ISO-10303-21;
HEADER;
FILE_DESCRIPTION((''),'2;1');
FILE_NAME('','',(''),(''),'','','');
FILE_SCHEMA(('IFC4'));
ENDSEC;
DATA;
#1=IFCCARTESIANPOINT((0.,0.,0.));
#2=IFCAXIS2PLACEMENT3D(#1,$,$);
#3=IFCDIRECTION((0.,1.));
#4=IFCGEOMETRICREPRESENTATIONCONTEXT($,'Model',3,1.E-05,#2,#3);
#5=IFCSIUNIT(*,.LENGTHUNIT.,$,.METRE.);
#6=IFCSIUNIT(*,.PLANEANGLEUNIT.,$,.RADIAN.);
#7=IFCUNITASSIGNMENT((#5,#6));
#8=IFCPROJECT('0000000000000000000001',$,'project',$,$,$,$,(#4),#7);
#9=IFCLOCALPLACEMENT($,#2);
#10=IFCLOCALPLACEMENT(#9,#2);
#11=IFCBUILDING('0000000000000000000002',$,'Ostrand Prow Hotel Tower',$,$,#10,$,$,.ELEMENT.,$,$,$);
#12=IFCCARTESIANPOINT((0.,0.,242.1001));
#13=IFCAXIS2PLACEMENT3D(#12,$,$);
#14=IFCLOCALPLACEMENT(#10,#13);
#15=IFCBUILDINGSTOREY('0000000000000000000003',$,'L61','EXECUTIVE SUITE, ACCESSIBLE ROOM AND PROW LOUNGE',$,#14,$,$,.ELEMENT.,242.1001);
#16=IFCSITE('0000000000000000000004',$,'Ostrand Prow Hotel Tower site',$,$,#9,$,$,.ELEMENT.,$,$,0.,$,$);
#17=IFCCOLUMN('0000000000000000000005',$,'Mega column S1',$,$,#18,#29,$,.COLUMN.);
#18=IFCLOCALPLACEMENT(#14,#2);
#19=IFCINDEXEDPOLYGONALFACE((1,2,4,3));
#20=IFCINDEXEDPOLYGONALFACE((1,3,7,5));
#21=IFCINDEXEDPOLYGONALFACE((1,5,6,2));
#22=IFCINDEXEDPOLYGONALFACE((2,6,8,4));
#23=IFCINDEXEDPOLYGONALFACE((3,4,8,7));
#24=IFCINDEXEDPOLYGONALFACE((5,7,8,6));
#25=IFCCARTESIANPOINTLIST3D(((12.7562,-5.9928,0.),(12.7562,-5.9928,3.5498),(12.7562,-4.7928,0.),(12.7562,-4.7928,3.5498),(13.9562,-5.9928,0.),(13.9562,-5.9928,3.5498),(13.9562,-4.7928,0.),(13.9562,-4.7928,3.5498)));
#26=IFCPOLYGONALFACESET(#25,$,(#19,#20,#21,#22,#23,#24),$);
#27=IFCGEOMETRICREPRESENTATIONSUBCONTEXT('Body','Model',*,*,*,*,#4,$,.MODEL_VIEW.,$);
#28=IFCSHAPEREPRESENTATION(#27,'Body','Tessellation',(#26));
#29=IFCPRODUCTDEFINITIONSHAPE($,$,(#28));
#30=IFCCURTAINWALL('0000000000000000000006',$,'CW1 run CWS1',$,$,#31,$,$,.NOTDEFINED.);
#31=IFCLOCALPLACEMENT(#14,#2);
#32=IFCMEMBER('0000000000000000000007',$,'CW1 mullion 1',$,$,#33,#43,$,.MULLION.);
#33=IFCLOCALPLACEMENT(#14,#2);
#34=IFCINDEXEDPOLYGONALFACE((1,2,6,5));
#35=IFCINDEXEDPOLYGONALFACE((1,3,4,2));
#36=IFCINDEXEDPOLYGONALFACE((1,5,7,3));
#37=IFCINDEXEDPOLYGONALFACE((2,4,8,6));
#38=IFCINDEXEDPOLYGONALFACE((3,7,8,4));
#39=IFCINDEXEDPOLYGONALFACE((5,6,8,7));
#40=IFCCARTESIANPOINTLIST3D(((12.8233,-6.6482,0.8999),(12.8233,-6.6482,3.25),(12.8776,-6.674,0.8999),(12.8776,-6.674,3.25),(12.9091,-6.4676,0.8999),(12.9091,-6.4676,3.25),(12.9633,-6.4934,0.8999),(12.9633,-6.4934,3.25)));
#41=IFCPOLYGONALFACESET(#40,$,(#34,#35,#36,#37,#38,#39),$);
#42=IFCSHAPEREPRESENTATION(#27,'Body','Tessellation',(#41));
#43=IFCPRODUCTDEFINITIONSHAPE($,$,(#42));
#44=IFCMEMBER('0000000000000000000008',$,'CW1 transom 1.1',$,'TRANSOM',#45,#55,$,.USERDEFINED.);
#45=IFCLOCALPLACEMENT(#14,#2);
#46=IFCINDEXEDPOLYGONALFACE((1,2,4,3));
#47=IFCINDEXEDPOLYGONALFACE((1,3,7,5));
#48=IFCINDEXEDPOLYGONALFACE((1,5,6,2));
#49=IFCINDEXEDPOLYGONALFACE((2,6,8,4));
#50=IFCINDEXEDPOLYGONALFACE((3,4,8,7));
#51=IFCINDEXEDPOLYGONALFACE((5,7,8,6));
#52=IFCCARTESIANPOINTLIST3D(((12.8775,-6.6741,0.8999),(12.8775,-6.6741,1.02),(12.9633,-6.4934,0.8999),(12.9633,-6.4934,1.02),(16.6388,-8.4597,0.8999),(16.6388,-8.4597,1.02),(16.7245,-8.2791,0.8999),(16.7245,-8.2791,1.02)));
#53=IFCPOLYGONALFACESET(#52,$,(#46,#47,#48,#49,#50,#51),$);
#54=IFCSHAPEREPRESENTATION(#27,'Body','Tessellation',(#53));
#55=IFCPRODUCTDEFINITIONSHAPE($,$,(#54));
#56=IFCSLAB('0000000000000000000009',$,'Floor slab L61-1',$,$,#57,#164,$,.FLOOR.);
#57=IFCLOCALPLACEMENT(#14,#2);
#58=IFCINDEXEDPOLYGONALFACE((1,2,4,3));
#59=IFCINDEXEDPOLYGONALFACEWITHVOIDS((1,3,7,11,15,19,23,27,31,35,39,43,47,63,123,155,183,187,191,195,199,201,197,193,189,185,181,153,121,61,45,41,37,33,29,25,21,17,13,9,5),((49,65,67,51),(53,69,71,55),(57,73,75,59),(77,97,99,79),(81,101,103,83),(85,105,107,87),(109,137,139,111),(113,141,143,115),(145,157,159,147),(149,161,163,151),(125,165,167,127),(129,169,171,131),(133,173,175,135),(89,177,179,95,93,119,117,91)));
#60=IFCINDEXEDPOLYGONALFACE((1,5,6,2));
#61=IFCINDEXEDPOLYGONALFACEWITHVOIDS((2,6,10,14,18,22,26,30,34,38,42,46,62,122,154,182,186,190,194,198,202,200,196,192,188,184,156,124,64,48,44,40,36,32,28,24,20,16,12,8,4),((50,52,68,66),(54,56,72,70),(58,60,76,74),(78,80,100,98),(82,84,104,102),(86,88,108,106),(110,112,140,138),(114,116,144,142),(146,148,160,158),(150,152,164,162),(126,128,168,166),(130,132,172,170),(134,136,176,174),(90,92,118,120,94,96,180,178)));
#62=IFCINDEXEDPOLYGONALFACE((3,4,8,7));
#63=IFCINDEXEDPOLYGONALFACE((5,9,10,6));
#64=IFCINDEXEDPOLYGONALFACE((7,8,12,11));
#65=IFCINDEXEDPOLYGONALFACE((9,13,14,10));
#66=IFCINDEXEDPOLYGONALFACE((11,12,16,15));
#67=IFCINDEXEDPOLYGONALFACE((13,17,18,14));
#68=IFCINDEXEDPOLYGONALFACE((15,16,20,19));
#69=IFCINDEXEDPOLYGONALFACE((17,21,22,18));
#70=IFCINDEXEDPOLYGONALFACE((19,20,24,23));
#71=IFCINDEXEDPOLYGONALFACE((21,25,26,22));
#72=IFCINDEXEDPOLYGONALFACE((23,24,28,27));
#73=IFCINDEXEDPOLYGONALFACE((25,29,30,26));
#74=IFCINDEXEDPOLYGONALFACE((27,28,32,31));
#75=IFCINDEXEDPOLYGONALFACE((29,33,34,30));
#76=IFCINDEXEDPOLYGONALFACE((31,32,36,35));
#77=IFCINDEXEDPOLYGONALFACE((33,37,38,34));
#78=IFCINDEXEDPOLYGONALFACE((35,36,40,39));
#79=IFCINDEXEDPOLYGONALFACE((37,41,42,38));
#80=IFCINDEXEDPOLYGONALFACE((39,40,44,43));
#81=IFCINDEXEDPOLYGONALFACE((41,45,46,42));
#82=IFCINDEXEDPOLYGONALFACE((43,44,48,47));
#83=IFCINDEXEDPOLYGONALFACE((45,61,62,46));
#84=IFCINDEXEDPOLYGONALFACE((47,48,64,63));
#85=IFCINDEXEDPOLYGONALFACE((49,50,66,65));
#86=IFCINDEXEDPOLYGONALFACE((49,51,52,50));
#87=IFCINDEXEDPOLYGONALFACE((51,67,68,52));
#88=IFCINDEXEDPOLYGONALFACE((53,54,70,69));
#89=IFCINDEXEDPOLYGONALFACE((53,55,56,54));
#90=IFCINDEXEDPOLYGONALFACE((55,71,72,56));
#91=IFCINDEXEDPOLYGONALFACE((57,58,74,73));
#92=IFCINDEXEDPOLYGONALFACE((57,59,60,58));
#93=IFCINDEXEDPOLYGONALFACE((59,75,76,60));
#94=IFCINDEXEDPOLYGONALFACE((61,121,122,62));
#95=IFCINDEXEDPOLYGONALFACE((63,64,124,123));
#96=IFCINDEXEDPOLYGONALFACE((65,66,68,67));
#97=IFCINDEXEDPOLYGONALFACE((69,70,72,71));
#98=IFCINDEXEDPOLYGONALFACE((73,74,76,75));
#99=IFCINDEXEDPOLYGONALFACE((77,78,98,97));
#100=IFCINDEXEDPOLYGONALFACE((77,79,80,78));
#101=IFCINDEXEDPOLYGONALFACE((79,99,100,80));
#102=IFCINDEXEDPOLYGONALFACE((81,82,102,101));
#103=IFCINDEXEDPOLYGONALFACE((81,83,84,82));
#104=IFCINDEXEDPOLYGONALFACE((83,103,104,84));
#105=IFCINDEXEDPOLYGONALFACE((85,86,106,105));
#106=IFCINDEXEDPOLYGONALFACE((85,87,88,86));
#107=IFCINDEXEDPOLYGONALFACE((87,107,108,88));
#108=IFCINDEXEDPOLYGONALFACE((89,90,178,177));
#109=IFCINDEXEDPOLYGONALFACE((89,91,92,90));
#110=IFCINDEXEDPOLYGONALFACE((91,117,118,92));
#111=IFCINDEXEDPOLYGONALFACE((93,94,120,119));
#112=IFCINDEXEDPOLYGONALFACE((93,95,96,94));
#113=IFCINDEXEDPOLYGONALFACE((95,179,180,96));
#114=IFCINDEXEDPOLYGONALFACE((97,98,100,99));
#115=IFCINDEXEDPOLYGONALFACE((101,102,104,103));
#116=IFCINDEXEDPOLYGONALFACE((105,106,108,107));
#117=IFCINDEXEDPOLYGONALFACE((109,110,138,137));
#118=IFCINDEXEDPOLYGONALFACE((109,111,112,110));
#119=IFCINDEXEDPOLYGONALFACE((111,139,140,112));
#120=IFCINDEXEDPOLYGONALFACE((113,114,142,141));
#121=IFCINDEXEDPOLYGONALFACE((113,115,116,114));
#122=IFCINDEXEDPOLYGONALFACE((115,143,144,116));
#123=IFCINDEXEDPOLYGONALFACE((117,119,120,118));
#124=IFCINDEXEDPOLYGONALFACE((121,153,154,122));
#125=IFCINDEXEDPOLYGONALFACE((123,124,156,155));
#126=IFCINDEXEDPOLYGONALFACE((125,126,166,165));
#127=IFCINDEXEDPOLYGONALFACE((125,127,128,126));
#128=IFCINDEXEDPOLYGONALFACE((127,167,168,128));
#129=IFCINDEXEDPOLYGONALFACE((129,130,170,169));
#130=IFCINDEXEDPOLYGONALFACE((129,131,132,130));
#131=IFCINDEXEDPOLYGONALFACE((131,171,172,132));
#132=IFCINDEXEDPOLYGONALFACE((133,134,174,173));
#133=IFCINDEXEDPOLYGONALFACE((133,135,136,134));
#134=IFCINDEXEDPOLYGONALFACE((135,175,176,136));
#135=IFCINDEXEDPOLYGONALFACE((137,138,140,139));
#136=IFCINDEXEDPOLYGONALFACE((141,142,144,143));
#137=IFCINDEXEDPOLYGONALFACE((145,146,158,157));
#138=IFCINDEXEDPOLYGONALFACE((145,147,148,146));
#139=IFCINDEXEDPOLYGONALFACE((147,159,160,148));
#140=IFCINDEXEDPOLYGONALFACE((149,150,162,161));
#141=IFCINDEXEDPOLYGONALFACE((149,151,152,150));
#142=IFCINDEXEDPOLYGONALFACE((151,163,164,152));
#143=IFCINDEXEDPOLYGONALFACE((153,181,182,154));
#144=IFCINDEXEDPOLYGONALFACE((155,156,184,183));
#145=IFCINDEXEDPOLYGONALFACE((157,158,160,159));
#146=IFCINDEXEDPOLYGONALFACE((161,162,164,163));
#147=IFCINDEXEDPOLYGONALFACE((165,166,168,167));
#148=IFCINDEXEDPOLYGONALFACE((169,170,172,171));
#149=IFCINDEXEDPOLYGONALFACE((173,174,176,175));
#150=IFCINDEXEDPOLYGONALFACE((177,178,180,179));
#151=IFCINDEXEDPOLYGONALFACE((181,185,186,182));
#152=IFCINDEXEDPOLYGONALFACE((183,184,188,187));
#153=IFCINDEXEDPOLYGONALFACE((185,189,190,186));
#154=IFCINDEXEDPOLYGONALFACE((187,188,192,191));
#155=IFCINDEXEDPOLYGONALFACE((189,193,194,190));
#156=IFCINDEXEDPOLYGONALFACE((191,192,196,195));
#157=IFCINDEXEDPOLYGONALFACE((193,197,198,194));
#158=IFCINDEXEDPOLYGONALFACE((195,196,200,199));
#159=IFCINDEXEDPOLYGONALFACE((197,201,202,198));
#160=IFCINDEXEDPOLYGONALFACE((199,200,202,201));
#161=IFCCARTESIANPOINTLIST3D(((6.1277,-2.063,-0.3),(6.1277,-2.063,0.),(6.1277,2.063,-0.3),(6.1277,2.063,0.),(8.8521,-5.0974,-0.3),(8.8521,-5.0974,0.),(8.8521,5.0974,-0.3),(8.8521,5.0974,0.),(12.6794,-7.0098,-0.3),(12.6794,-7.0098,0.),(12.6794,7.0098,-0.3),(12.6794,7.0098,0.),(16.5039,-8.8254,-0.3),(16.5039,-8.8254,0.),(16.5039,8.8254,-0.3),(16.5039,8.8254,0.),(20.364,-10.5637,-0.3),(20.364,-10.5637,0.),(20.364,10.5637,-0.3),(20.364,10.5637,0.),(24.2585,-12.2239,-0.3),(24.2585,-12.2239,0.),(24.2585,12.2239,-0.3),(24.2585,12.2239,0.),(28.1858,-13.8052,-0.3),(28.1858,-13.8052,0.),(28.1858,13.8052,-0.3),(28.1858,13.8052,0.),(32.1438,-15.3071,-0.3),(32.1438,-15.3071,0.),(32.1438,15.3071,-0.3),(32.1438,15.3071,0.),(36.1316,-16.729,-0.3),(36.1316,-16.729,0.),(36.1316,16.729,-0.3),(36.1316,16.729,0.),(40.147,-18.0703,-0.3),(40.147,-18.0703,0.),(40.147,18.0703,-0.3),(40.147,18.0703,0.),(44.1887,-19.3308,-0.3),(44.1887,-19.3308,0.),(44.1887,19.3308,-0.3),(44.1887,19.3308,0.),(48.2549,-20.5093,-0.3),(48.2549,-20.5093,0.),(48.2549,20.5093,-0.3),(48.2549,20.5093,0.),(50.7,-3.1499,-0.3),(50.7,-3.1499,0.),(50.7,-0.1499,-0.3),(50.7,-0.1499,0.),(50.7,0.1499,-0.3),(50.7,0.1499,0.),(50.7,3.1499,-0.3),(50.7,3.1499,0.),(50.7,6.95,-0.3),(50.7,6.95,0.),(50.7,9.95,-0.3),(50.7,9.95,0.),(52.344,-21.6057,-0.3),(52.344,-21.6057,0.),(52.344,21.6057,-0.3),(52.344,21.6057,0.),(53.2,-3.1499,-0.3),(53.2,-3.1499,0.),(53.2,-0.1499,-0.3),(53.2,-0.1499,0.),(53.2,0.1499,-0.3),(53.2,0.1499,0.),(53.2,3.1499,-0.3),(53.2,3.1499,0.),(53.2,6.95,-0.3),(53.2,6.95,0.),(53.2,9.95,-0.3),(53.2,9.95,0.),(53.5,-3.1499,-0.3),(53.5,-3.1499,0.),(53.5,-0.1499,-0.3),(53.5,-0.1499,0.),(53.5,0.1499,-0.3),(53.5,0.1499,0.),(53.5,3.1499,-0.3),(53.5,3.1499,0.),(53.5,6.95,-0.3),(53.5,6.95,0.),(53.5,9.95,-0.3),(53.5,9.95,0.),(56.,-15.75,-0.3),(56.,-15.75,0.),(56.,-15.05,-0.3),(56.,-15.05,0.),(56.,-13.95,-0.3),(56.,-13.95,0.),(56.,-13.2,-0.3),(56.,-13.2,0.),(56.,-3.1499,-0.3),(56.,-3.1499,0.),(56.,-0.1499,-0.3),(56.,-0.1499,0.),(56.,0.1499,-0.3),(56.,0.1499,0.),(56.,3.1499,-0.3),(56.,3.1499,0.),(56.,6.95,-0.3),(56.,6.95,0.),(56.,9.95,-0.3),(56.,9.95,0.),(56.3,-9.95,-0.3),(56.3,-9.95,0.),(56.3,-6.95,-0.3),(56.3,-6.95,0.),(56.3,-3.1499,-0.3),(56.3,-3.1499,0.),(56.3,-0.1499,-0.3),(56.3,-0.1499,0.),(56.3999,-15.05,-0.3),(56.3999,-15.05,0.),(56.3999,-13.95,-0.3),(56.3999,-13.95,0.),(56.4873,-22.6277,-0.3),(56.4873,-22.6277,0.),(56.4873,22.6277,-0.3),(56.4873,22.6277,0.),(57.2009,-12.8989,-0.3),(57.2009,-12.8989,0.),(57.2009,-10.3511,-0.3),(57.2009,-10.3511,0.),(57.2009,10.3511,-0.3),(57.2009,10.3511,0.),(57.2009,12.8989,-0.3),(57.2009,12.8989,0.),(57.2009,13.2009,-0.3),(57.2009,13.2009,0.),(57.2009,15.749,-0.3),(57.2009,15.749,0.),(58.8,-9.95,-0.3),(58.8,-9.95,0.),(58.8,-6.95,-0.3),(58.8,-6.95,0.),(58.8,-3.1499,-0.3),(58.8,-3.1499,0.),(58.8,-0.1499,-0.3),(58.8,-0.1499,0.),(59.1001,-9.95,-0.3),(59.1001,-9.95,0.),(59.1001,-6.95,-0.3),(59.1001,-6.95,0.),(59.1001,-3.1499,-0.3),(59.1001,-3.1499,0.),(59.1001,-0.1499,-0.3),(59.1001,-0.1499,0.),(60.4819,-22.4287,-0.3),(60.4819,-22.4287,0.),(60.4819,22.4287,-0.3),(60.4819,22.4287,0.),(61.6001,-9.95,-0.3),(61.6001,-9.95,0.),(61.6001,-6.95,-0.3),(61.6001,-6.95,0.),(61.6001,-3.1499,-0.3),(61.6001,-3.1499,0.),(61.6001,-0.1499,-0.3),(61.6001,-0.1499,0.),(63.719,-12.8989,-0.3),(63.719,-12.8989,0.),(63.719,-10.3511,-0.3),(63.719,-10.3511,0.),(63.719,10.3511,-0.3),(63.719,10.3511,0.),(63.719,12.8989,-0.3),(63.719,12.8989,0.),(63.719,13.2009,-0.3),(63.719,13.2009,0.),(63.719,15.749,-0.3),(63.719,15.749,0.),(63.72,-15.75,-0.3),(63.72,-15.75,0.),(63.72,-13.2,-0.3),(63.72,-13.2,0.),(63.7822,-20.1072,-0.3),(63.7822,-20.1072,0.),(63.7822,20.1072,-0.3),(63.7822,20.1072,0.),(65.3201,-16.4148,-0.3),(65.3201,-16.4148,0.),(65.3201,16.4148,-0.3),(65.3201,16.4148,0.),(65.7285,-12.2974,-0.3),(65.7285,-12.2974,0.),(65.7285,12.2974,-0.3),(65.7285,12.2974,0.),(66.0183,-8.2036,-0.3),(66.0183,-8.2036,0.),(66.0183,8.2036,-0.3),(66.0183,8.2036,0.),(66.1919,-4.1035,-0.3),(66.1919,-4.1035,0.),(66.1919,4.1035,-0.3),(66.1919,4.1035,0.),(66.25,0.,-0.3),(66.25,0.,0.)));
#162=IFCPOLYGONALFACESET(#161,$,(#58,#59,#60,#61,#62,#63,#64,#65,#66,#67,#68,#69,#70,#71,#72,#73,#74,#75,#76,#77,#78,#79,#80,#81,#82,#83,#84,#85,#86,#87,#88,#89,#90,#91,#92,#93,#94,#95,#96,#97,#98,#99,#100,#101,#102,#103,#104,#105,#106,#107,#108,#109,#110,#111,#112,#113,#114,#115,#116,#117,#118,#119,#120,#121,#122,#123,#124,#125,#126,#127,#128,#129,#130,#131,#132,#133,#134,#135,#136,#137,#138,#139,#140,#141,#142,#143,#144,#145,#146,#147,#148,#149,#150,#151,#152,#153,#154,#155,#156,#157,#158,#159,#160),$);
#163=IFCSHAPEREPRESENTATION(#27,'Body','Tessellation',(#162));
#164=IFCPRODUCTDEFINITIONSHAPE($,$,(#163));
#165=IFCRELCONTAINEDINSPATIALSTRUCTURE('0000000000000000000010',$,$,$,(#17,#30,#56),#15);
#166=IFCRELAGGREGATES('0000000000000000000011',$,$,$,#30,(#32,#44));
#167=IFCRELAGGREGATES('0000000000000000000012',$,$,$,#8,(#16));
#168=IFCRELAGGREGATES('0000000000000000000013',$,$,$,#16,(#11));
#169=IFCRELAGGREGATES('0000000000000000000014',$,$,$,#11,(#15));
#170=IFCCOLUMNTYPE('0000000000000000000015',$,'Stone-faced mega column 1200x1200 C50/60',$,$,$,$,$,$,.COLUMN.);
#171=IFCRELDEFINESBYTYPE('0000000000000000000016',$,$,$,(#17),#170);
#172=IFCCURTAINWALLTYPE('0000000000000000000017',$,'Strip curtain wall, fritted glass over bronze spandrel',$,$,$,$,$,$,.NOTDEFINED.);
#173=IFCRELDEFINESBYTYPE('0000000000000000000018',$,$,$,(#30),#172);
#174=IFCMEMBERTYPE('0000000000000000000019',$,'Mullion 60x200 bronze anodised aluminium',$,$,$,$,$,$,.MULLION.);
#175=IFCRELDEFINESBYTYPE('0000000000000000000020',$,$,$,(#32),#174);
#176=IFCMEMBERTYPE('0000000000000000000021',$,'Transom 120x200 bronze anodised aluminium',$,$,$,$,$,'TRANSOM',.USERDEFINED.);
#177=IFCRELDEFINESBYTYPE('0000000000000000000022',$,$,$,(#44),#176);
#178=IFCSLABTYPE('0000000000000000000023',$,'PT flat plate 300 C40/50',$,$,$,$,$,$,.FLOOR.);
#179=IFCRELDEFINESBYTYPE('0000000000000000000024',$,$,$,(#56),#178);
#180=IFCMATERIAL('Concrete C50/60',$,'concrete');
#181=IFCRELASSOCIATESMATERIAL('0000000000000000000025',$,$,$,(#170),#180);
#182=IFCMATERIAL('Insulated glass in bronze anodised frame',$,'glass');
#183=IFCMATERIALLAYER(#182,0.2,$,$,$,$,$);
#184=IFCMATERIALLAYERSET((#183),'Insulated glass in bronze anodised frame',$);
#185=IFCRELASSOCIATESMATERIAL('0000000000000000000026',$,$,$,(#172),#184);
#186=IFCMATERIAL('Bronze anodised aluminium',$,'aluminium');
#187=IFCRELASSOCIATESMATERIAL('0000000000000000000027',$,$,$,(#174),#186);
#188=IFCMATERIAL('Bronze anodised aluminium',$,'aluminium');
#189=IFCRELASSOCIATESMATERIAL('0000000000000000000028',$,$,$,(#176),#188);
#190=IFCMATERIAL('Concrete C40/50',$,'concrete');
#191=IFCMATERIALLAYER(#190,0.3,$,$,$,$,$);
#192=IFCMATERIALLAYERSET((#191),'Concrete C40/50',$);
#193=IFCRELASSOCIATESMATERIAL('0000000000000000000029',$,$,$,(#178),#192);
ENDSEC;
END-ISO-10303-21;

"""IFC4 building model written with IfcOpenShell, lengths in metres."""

from ifc_helpers import new_model, si_unit, direction, frame, origin, origin_2d, place, context, subcontext, project, spatial, polyline, rectangle, outline, extrude, material, layer, layer_set, material_profile, profile_set, type_object, element, aggregate, save


model = new_model("IFC4")

# Units and contexts
model_context = context("Model", 3, precision=1e-05, world=origin(), true_north=direction((0.0, 1.0)))
body_context = subcontext(model_context, "Body", "Model", "MODEL_VIEW")
ifc_project = project(units=[si_unit("LENGTHUNIT", "METRE"), si_unit("PLANEANGLEUNIT", "RADIAN")], contexts=[model_context])

# Site, building, storey
site_placement = place(None, origin())
site = spatial("IfcSite", under=ifc_project, at=site_placement, Name="Ostrand Prow Hotel Tower site", CompositionType="ELEMENT", RefElevation=0.0)
building_placement = place(site_placement, origin())
building = spatial("IfcBuilding", under=site, at=building_placement, Name="Ostrand Prow Hotel Tower", CompositionType="ELEMENT")
storey_placement = place(building_placement, frame((0.0, 0.0, 242.1001)))
storey = spatial("IfcBuildingStorey", under=building, at=storey_placement, Name="L61", Description="EXECUTIVE SUITE, ACCESSIBLE ROOM AND PROW LOUNGE", CompositionType="ELEMENT", Elevation=242.1001)

# Column
ifc_material_1 = material(Name="Concrete C50/60", Category="concrete")
ifc_material_profile_1 = material_profile(ifc_material_1, rectangle(XDim=1.2, YDim=1.2, at=origin_2d()), Name="RC 1200x1200")
ifc_profile_set_1 = profile_set([ifc_material_profile_1], Name="Concrete C50/60")
column_type = type_object("IfcColumnType", Name="Stone-faced mega column 1200x1200 C50/60", PredefinedType="COLUMN", material=ifc_profile_set_1)
column_placement = place(storey_placement, frame((13.3562, -5.3928, 0.0), z_axis=(0.0, 0.0, 1.0), x_axis=(1.0, 0.0, 0.0)))
element("IfcColumn", 1, at=column_placement, inside=storey, type_object=column_type, Name="Mega column S1", PredefinedType="COLUMN", context=body_context, shape_type="SweptSolid", body=[
    extrude(rectangle(XDim=1.2, YDim=1.2, at=origin_2d()), origin(), (0.0, 0.0, 1.0), 3.5498),
])

# Curtain wall, members
ifc_material_2 = material(Name="Insulated glass in bronze anodised frame", Category="glass")
ifc_layer_1 = layer(ifc_material_2, 0.2)
ifc_layer_set_1 = layer_set([ifc_layer_1], Name="Insulated glass in bronze anodised frame")
curtain_wall_type = type_object("IfcCurtainWallType", Name="Strip curtain wall, fritted glass over bronze spandrel", PredefinedType="NOTDEFINED", material=ifc_layer_set_1)
curtain_wall_placement = place(storey_placement, origin())
curtain_wall = element("IfcCurtainWall", 2, at=curtain_wall_placement, inside=storey, type_object=curtain_wall_type, Name="CW1 run CWS1", PredefinedType="NOTDEFINED")
ifc_material_3 = material(Name="Bronze anodised aluminium", Category="aluminium")
ifc_material_profile_2 = material_profile(ifc_material_3, rectangle(XDim=0.2, YDim=0.0601, at=origin_2d()), Name="Mullion 60x200 bronze anodised aluminium")
ifc_profile_set_2 = profile_set([ifc_material_profile_2], Name="Bronze anodised aluminium")
member_type_1 = type_object("IfcMemberType", Name="Mullion 60x200 bronze anodised aluminium", PredefinedType="MULLION", material=ifc_profile_set_2)
member_1_placement = place(storey_placement, frame((12.8933, -6.5708, 0.8999), z_axis=(0.0, 0.0, 1.0), x_axis=(0.428861, 0.90337, 0.0)))
member_1 = element("IfcMember", 3, at=member_1_placement, type_object=member_type_1, Name="CW1 mullion 1", PredefinedType="MULLION", context=body_context, shape_type="SweptSolid", body=[
    extrude(rectangle(XDim=0.2, YDim=0.0601, at=origin_2d()), origin(), (0.0, 0.0, 1.0), 2.3501),
])
ifc_material_4 = material(Name="Bronze anodised aluminium", Category="aluminium")
ifc_material_profile_3 = material_profile(ifc_material_4, rectangle(XDim=0.2, YDim=0.1201, at=origin_2d()), Name="Transom 120x200 bronze anodised aluminium")
ifc_profile_set_3 = profile_set([ifc_material_profile_3], Name="Bronze anodised aluminium")
member_type_2 = type_object("IfcMemberType", Name="Transom 120x200 bronze anodised aluminium", ElementType="TRANSOM", PredefinedType="USERDEFINED", material=ifc_profile_set_3)
member_2_placement = place(storey_placement, frame((12.9204, -6.5837, 0.96), z_axis=(0.903365, -0.428873, 0.0), x_axis=(0.428873, 0.903365, 0.0)))
member_2 = element("IfcMember", 4, at=member_2_placement, type_object=member_type_2, Name="CW1 transom 1.1", ObjectType="TRANSOM", PredefinedType="USERDEFINED", context=body_context, shape_type="SweptSolid", body=[
    extrude(rectangle(XDim=0.2, YDim=0.1201, at=origin_2d()), origin(), (0.0, 0.0, 1.0), 4.1636),
])
aggregate(curtain_wall, [member_1, member_2])

# Slab, opening
ifc_material_5 = material(Name="Concrete C40/50", Category="concrete")
ifc_layer_2 = layer(ifc_material_5, 0.3)
ifc_layer_set_2 = layer_set([ifc_layer_2], Name="Concrete C40/50")
slab_type = type_object("IfcSlabType", Name="PT flat plate 300 C40/50", PredefinedType="FLOOR", material=ifc_layer_set_2)
slab_placement = place(storey_placement, frame((0.0, 0.0, -0.3)))
slab = element("IfcSlab", 5, at=slab_placement, inside=storey, type_object=slab_type, Name="Floor slab L61-1", PredefinedType="FLOOR", context=body_context, shape_type="SweptSolid", body=[
    extrude(outline(polyline([(8.8521, 5.0974), (12.6794, 7.0098), (16.5039, 8.8254), (20.364, 10.5637), (24.2585, 12.2239), (28.1858, 13.8052), (32.1438, 15.3071), (36.1316, 16.729), (40.147, 18.0703), (44.1887, 19.3308), (48.2549, 20.5093), (52.344, 21.6057), (56.4873, 22.6277), (60.4819, 22.4287), (63.7822, 20.1072), (65.3201, 16.4148), (65.7285, 12.2974), (66.0183, 8.2036), (66.1919, 4.1035), (66.25, 0.0), (66.1919, -4.1035), (66.0183, -8.2036), (65.7285, -12.2974), (65.3201, -16.4148), (63.7822, -20.1072), (60.4819, -22.4287), (56.4873, -22.6277), (52.344, -21.6057), (48.2549, -20.5093), (44.1887, -19.3308), (40.147, -18.0703), (36.1316, -16.729), (32.1438, -15.3071), (28.1858, -13.8052), (24.2585, -12.2239), (20.364, -10.5637), (16.5039, -8.8254), (12.6794, -7.0098), (8.8521, -5.0974), (6.1277, -2.063), (6.1277, 2.063), (8.8521, 5.0974)]), holes=[polyline([(50.7, 6.95), (53.2, 6.95), (53.2, 9.95), (50.7, 9.95), (50.7, 6.95)]), polyline([(53.5, 6.95), (56.0, 6.95), (56.0, 9.95), (53.5, 9.95), (53.5, 6.95)]), polyline([(50.7, 0.1499), (53.2, 0.1499), (53.2, 3.1499), (50.7, 3.1499), (50.7, 0.1499)]), polyline([(53.5, 0.1499), (56.0, 0.1499), (56.0, 3.1499), (53.5, 3.1499), (53.5, 0.1499)]), polyline([(50.7, -3.1499), (53.2, -3.1499), (53.2, -0.1499), (50.7, -0.1499), (50.7, -3.1499)]), polyline([(53.5, -3.1499), (56.0, -3.1499), (56.0, -0.1499), (53.5, -0.1499), (53.5, -3.1499)]), polyline([(56.3, -3.1499), (58.8, -3.1499), (58.8, -0.1499), (56.3, -0.1499), (56.3, -3.1499)]), polyline([(59.1001, -3.1499), (61.6001, -3.1499), (61.6001, -0.1499), (59.1001, -0.1499), (59.1001, -3.1499)]), polyline([(56.3, -9.95), (58.8, -9.95), (58.8, -6.95), (56.3, -6.95), (56.3, -9.95)]), polyline([(59.1001, -9.95), (61.6001, -9.95), (61.6001, -6.95), (59.1001, -6.95), (59.1001, -9.95)]), polyline([(57.2009, 10.3511), (57.2009, 12.8989), (63.719, 12.8989), (63.719, 10.3511), (57.2009, 10.3511)]), polyline([(57.2009, 13.2009), (57.2009, 15.749), (63.719, 15.749), (63.719, 13.2009), (57.2009, 13.2009)]), polyline([(57.2009, -12.8989), (57.2009, -10.3511), (63.719, -10.3511), (63.719, -12.8989), (57.2009, -12.8989)]), polyline([(56.0, -13.95), (56.0, -13.2), (63.72, -13.2), (63.72, -15.75), (56.0, -15.75), (56.0, -15.05), (56.3999, -15.05), (56.3999, -13.95), (56.0, -13.95)])]), origin(), (0.0, 0.0, 1.0), 0.3),
])
opening_1_placement = place(slab_placement, origin())
element("IfcOpeningElement", 6, at=opening_1_placement, cuts=slab, PredefinedType="OPENING", context=body_context, shape_type="SweptSolid", body=[
    extrude(outline(polyline([(56.0, -13.95), (56.0, -13.2), (63.72, -13.2), (63.72, -15.75), (56.0, -15.75), (56.0, -15.05), (56.3999, -15.05), (56.3999, -13.95), (56.0, -13.95)])), origin(), (0.0, 0.0, 1.0), 0.3),
])

save(model, "model.ifc")
